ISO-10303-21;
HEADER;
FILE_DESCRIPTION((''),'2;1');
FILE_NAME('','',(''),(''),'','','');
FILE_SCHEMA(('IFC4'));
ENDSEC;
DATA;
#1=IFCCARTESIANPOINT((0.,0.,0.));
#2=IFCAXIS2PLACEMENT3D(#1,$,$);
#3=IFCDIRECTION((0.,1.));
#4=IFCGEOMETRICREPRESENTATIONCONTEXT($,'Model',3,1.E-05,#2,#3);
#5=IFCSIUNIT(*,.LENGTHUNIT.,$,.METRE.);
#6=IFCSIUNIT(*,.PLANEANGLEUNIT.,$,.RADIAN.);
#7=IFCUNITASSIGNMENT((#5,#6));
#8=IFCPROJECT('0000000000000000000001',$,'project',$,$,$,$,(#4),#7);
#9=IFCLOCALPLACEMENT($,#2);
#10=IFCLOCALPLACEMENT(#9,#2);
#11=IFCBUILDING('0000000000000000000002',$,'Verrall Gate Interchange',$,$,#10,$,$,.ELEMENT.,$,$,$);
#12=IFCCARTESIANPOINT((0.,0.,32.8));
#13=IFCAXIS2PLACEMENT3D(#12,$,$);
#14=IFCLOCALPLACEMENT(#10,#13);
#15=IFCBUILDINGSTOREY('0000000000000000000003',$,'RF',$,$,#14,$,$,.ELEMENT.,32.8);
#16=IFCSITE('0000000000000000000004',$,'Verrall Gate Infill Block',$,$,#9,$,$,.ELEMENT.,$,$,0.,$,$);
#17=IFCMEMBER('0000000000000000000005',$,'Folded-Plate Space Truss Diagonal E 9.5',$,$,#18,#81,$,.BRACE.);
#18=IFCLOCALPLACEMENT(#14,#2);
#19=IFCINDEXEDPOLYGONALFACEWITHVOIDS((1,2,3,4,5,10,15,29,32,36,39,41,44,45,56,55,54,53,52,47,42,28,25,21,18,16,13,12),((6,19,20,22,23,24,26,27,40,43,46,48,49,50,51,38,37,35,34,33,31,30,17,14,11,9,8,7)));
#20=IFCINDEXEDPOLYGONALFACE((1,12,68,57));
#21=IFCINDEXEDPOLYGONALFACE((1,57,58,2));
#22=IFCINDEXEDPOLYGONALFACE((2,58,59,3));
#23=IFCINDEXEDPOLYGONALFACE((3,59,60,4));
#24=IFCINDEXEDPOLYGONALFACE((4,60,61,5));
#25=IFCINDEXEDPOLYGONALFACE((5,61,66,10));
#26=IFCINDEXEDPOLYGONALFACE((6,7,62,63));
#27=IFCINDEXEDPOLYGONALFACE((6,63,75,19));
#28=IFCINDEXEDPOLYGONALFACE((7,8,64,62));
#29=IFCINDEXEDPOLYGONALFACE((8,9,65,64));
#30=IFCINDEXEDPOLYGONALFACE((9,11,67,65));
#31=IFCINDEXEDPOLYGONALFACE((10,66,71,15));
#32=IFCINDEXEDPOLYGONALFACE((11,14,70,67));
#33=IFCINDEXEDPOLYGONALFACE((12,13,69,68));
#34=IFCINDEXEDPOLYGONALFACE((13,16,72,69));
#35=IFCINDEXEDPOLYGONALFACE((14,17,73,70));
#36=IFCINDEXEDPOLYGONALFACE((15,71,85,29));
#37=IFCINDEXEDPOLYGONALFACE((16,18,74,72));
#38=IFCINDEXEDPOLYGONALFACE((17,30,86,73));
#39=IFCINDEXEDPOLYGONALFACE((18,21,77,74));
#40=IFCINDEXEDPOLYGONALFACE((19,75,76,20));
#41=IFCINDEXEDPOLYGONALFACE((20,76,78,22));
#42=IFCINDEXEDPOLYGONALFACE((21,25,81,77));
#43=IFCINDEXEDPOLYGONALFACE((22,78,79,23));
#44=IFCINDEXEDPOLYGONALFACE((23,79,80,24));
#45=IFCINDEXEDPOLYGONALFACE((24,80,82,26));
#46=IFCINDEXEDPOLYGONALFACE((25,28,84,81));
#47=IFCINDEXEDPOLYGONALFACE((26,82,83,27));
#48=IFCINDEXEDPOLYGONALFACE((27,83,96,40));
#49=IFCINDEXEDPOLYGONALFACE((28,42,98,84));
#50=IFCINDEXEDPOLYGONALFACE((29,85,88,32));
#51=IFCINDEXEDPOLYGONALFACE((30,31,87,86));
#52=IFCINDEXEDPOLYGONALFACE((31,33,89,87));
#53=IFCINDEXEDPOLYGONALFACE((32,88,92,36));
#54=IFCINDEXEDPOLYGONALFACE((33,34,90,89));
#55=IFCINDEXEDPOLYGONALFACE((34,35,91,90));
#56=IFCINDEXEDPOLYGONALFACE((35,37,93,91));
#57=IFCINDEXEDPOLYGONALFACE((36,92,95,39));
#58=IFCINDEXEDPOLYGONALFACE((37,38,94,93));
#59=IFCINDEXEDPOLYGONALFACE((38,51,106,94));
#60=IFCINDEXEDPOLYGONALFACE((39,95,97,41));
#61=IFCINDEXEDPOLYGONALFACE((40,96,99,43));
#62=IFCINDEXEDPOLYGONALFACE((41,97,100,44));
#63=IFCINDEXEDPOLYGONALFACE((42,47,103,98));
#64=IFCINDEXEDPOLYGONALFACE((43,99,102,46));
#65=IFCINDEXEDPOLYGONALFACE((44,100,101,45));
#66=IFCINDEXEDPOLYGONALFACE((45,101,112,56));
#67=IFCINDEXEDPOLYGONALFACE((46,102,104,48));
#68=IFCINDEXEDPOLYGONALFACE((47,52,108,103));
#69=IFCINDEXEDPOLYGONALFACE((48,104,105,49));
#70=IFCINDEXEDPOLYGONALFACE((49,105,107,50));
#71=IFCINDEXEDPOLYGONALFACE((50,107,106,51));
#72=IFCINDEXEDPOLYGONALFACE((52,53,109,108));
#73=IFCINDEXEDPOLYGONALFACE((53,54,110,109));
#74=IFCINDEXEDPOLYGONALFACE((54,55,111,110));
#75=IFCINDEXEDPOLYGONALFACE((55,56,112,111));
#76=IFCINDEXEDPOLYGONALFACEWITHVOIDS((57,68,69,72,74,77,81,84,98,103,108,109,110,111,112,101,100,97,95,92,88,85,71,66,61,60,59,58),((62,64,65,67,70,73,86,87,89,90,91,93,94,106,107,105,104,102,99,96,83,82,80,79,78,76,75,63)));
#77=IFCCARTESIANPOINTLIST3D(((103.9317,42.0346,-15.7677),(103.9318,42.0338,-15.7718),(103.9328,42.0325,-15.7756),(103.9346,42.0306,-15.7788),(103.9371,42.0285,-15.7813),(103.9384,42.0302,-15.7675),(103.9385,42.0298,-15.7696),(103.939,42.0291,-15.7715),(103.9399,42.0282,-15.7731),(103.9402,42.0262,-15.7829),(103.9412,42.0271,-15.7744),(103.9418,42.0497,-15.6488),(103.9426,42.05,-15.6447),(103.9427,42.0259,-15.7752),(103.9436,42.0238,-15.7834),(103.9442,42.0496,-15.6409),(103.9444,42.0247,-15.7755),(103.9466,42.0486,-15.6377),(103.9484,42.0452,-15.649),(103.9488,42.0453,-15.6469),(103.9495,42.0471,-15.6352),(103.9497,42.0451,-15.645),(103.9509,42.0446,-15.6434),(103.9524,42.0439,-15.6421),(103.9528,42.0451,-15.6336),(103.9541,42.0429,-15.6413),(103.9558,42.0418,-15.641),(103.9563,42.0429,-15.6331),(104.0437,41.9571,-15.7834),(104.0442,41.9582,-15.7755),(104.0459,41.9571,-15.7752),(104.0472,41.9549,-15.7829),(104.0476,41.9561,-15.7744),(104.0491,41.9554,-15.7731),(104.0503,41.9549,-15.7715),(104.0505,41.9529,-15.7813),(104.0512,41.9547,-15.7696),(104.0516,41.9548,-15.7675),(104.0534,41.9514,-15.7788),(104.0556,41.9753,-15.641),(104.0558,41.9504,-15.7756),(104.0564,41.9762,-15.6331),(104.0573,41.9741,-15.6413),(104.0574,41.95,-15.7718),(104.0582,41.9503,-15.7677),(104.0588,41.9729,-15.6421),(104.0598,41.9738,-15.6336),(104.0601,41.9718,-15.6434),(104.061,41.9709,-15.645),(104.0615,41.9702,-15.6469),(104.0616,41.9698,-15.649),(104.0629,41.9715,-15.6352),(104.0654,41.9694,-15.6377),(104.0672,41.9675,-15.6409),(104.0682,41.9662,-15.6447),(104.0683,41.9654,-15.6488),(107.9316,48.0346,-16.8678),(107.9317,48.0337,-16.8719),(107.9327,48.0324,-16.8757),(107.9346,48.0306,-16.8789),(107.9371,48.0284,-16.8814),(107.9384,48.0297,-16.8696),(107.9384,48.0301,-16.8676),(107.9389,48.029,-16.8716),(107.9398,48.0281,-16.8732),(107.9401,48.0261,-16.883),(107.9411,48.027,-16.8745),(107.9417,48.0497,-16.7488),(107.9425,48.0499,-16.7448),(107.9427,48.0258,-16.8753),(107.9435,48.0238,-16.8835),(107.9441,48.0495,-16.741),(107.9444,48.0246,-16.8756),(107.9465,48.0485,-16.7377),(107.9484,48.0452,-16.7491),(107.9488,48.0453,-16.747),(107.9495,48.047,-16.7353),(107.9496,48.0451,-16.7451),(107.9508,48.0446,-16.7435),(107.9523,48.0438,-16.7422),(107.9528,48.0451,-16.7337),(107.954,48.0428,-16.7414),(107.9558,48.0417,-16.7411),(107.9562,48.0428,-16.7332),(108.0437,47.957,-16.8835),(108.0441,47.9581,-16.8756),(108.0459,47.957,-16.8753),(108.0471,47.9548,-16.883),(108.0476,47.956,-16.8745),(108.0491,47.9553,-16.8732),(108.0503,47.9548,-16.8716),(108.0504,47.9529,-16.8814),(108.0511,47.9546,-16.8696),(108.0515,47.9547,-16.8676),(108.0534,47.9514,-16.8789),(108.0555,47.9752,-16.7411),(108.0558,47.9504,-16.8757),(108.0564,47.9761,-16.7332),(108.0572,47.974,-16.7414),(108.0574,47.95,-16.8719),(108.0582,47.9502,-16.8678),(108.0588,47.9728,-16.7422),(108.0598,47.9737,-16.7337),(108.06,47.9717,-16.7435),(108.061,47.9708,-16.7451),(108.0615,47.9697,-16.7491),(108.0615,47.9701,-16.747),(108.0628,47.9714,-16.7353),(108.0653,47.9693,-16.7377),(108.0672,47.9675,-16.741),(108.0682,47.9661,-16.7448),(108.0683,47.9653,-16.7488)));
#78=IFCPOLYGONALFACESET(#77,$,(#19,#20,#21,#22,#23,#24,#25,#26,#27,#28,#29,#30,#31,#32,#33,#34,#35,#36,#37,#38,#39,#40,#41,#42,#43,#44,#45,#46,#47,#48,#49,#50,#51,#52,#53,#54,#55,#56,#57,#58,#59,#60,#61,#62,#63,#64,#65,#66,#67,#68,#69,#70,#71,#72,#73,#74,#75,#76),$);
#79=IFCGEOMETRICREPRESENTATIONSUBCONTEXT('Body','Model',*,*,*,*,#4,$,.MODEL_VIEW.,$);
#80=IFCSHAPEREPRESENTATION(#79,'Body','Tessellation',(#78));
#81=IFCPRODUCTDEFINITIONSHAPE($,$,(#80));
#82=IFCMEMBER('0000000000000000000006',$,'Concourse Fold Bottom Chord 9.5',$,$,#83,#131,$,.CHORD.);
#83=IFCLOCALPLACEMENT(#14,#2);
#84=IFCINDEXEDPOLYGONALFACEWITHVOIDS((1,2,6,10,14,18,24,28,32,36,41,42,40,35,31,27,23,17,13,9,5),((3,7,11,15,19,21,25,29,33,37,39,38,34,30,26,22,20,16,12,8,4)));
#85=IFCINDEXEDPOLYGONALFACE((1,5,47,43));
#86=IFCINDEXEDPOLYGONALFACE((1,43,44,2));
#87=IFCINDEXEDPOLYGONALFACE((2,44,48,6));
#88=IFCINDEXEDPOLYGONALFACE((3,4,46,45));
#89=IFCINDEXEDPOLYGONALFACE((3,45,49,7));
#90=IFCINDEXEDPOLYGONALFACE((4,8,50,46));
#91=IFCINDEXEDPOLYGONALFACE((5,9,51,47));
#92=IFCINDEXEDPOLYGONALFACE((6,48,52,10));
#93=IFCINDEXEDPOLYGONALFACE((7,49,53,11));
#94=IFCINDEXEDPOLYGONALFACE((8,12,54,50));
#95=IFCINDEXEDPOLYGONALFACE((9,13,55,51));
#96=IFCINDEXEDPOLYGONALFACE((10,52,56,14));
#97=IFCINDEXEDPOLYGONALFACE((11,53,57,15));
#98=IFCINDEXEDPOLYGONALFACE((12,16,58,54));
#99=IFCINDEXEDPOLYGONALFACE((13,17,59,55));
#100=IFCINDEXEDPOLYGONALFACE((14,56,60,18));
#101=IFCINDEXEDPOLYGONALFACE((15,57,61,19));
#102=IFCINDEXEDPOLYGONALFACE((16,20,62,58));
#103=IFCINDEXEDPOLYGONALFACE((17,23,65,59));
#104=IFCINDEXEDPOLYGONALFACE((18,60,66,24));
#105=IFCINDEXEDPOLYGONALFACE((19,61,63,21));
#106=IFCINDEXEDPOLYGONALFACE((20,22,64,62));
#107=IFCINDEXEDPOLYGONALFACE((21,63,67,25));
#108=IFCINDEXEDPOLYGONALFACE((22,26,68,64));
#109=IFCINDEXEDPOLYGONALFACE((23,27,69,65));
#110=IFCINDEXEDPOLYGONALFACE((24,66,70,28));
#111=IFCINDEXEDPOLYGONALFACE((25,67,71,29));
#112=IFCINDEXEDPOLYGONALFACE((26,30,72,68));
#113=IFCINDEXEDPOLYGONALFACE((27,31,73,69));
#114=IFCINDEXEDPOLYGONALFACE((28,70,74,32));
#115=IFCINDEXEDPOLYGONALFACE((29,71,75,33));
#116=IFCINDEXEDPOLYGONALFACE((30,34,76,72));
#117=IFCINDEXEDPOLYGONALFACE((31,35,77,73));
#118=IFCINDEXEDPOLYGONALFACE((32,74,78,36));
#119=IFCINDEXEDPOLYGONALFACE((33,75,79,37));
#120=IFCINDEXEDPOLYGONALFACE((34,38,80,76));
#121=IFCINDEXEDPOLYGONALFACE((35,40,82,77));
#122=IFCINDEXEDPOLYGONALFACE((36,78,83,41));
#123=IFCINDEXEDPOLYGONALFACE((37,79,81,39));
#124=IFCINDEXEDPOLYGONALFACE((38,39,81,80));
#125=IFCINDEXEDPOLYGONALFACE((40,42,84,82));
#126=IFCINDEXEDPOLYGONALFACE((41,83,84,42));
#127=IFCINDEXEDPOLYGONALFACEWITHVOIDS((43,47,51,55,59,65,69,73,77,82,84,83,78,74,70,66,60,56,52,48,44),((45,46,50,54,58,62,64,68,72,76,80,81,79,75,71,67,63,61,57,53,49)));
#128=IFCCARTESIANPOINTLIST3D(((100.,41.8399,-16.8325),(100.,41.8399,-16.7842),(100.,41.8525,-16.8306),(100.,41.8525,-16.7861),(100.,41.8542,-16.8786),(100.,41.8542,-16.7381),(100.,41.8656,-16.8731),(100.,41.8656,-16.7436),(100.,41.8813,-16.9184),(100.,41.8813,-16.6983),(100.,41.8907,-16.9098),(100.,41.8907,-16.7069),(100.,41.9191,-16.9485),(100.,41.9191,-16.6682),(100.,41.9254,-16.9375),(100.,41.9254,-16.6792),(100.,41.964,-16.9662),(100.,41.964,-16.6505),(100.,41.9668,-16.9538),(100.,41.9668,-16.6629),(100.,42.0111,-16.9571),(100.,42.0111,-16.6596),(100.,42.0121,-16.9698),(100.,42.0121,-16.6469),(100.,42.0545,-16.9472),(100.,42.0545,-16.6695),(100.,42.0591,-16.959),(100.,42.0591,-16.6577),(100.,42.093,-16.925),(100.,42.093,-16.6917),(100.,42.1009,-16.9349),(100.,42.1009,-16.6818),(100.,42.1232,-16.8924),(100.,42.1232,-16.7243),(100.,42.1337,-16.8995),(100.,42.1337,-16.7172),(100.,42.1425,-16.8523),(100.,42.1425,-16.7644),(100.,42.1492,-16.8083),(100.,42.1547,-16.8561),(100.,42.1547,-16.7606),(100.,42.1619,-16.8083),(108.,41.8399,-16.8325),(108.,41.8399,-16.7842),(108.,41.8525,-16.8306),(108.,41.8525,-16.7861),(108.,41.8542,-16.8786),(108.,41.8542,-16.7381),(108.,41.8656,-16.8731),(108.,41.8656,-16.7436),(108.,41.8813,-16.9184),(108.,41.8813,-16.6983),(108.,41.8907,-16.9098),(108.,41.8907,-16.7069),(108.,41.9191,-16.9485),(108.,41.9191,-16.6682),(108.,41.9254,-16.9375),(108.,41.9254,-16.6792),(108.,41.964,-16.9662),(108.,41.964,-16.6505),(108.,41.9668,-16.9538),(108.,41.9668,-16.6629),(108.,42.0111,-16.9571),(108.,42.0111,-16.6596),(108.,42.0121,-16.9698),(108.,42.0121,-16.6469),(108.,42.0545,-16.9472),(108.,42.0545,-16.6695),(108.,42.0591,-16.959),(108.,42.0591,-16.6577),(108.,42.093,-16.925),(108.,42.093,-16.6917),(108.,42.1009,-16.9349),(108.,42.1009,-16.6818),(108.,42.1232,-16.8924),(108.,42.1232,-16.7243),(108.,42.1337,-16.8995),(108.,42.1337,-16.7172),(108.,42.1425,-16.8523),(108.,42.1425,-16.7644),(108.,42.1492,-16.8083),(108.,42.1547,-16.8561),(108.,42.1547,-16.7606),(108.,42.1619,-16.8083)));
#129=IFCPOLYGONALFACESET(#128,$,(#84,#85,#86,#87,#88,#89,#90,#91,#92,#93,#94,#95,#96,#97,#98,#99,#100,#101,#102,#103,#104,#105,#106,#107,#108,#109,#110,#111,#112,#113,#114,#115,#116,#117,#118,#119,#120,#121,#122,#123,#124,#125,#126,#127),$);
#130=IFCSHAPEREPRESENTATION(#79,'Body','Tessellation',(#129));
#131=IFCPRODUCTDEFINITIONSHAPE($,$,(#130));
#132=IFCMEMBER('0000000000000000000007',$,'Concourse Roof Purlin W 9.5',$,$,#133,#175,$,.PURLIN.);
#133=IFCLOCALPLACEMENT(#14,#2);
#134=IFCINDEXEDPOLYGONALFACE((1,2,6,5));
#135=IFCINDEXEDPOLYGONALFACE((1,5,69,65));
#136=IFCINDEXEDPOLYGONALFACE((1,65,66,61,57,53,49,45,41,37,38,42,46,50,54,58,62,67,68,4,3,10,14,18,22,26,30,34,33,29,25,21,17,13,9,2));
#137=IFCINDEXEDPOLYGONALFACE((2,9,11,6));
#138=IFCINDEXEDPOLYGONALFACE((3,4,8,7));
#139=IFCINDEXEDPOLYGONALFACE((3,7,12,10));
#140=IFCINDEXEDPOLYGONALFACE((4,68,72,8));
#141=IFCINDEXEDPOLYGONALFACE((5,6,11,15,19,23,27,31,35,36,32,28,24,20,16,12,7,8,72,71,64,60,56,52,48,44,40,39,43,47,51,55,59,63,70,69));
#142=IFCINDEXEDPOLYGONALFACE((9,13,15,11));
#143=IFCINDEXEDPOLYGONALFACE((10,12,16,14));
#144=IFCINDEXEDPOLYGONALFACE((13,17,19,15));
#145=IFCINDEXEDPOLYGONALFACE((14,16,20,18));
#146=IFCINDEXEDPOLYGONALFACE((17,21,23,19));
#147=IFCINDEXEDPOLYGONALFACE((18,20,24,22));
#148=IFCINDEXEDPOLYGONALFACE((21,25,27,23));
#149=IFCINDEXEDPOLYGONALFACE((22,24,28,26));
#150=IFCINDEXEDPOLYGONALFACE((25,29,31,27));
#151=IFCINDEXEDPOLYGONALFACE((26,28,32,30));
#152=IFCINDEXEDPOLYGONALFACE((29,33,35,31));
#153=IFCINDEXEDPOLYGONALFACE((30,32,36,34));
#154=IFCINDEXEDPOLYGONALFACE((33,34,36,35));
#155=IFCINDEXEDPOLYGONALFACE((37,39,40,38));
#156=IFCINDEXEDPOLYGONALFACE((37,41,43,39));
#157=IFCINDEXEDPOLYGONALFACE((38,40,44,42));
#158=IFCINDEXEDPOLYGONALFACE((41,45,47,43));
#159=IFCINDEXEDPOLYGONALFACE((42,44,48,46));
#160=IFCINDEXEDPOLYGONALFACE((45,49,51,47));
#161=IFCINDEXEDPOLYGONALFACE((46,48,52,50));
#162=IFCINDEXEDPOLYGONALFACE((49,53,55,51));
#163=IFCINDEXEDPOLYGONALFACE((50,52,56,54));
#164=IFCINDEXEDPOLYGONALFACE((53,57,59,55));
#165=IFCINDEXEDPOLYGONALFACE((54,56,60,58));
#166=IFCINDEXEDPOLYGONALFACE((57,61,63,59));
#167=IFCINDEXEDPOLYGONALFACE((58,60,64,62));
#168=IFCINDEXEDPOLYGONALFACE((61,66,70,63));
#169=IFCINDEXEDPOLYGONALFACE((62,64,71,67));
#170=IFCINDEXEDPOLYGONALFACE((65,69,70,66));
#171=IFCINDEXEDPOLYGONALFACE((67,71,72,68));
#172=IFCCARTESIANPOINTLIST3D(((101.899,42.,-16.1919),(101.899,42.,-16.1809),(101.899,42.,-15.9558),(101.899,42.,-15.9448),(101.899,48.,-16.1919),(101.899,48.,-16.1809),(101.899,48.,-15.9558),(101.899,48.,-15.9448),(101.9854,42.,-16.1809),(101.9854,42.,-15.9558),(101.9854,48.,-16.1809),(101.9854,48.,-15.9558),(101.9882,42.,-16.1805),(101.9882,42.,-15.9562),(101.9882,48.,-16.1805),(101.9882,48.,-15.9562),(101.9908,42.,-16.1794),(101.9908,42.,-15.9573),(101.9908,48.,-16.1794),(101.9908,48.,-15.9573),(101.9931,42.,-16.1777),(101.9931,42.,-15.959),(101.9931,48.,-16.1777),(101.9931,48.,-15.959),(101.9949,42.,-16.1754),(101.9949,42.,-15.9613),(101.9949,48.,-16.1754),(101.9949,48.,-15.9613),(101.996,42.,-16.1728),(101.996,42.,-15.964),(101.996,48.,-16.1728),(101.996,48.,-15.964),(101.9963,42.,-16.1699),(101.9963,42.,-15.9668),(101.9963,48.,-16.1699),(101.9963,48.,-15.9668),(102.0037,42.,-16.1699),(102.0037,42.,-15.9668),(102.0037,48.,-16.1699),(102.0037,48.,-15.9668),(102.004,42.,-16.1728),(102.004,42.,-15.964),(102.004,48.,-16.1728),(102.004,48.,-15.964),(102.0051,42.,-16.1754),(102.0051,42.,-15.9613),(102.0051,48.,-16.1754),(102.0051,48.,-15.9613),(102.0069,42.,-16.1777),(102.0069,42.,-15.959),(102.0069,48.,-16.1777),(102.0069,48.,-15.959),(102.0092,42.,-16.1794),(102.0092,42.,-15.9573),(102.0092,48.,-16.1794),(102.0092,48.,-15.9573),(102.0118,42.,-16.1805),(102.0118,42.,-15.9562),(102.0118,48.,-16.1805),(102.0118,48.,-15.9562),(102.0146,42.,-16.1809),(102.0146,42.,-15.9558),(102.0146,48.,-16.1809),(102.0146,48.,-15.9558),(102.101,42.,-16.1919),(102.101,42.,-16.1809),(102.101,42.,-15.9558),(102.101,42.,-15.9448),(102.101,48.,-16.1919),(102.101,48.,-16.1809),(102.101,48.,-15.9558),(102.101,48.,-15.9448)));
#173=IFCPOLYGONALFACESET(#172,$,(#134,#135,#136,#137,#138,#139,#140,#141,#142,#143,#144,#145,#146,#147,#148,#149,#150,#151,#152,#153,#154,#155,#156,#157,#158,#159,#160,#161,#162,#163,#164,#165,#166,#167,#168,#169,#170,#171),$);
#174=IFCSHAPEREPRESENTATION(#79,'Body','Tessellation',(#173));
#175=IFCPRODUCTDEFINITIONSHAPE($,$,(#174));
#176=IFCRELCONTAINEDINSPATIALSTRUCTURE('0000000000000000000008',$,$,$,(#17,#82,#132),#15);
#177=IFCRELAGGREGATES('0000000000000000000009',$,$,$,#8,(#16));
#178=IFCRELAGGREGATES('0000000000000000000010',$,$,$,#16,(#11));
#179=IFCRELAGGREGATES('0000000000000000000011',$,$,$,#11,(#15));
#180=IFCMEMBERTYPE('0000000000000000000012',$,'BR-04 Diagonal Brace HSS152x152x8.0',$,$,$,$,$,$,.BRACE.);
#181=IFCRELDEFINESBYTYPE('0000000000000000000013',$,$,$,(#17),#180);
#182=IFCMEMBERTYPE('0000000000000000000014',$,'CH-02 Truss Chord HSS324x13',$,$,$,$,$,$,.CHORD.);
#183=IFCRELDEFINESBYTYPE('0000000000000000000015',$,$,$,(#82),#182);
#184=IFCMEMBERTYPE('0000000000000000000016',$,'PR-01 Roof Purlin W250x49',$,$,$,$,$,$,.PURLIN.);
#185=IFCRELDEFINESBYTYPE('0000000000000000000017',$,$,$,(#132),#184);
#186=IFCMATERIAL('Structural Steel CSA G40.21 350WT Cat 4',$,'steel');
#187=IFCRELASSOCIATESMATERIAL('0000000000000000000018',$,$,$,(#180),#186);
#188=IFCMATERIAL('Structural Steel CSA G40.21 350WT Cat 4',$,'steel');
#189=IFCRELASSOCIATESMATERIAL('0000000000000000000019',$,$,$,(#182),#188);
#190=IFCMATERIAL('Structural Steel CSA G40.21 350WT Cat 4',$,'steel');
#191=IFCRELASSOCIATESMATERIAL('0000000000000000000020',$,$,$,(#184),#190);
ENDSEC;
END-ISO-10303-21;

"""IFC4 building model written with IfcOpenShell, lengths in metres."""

from ifc_helpers import new_model, si_unit, direction, frame, origin, origin_2d, place, context, subcontext, project, spatial, hollow_rectangle, hollow_circle, i_section, extrude, material, material_profile, profile_set, type_object, element, save


model = new_model("IFC4")

# Units and contexts
model_context = context("Model", 3, precision=1e-05, world=origin(), true_north=direction((0.0, 1.0)))
body_context = subcontext(model_context, "Body", "Model", "MODEL_VIEW")
ifc_project = project(units=[si_unit("LENGTHUNIT", "METRE"), si_unit("PLANEANGLEUNIT", "RADIAN")], contexts=[model_context])

# Site, building, storey
site_placement = place(None, origin())
site = spatial("IfcSite", under=ifc_project, at=site_placement, Name="Verrall Gate Infill Block", CompositionType="ELEMENT", RefElevation=0.0)
building_placement = place(site_placement, origin())
building = spatial("IfcBuilding", under=site, at=building_placement, Name="Verrall Gate Interchange", CompositionType="ELEMENT")
storey_placement = place(building_placement, frame((0.0, 0.0, 32.8)))
storey = spatial("IfcBuildingStorey", under=building, at=storey_placement, Name="RF", CompositionType="ELEMENT", Elevation=32.8)

# Members
ifc_material_1 = material(Name="Structural Steel CSA G40.21 350WT Cat 4", Category="steel")
ifc_material_profile_1 = material_profile(ifc_material_1, hollow_rectangle(XDim=0.1521, YDim=0.1521, WallThickness=0.0081, InnerFilletRadius=0.0081, OuterFilletRadius=0.0159, at=origin_2d()), Name="HSS152x152x8.0")
ifc_profile_set_1 = profile_set([ifc_material_profile_1], Name="Structural Steel CSA G40.21 350WT Cat 4")
member_type_1 = type_object("IfcMemberType", Name="BR-04 Diagonal Brace HSS152x152x8.0", PredefinedType="BRACE", material=ifc_profile_set_1)
for number, where, z_axis, x_axis, name in (
    (1, (104.0, 42.0, -15.7083), (0.548356, 0.822534, -0.150811), (-0.83205, 0.5547, 0.0), "Folded-Plate Space Truss Diagonal E 9.5"),
):
    element("IfcMember", number, at=place(storey_placement, frame(where, z_axis=z_axis, x_axis=x_axis)), inside=storey, type_object=member_type_1, Name=name, PredefinedType="BRACE", context=body_context, shape_type="SweptSolid", body=[
        extrude(hollow_rectangle(XDim=0.1521, YDim=0.1521, WallThickness=0.0081, InnerFilletRadius=0.0081, OuterFilletRadius=0.0159, at=origin_2d()), origin(), (0.0, 0.0, 1.0), 7.2944),
    ])
ifc_material_2 = material(Name="Structural Steel CSA G40.21 350WT Cat 4", Category="steel")
ifc_material_profile_2 = material_profile(ifc_material_2, hollow_circle(Radius=0.1619, WallThickness=0.0127, at=origin_2d()), Name="HSS324x13")
ifc_profile_set_2 = profile_set([ifc_material_profile_2], Name="Structural Steel CSA G40.21 350WT Cat 4")
member_type_2 = type_object("IfcMemberType", Name="CH-02 Truss Chord HSS324x13", PredefinedType="CHORD", material=ifc_profile_set_2)
member_1_placement = place(storey_placement, frame((100.0, 42.0, -16.8083), z_axis=(1.0, 0.0, 0.0), x_axis=(0.0, 1.0, 0.0)))
element("IfcMember", 2, at=member_1_placement, inside=storey, type_object=member_type_2, Name="Concourse Fold Bottom Chord 9.5", PredefinedType="CHORD", context=body_context, shape_type="SweptSolid", body=[
    extrude(hollow_circle(Radius=0.1619, WallThickness=0.0127, at=origin_2d()), origin(), (0.0, 0.0, 1.0), 8.0),
])
ifc_material_3 = material(Name="Structural Steel CSA G40.21 350WT Cat 4", Category="steel")
ifc_material_profile_3 = material_profile(ifc_material_3, i_section(OverallWidth=0.2019, OverallDepth=0.2471, WebThickness=0.0073, FlangeThickness=0.011, FilletRadius=0.011, at=origin_2d()), Name="W250x49")
ifc_profile_set_3 = profile_set([ifc_material_profile_3], Name="Structural Steel CSA G40.21 350WT Cat 4")
member_type_3 = type_object("IfcMemberType", Name="PR-01 Roof Purlin W250x49", PredefinedType="PURLIN", material=ifc_profile_set_3)
member_2_placement = place(storey_placement, frame((102.0, 42.0, -16.0684), z_axis=(0.0, 1.0, 0.0), x_axis=(-1.0, 0.0, 0.0)))
element("IfcMember", 3, at=member_2_placement, inside=storey, type_object=member_type_3, Name="Concourse Roof Purlin W 9.5", PredefinedType="PURLIN", context=body_context, shape_type="SweptSolid", body=[
    extrude(i_section(OverallWidth=0.2019, OverallDepth=0.2471, WebThickness=0.0073, FlangeThickness=0.011, FilletRadius=0.011, at=origin_2d()), origin(), (0.0, 0.0, 1.0), 6.0),
])

save(model, "model.ifc")
